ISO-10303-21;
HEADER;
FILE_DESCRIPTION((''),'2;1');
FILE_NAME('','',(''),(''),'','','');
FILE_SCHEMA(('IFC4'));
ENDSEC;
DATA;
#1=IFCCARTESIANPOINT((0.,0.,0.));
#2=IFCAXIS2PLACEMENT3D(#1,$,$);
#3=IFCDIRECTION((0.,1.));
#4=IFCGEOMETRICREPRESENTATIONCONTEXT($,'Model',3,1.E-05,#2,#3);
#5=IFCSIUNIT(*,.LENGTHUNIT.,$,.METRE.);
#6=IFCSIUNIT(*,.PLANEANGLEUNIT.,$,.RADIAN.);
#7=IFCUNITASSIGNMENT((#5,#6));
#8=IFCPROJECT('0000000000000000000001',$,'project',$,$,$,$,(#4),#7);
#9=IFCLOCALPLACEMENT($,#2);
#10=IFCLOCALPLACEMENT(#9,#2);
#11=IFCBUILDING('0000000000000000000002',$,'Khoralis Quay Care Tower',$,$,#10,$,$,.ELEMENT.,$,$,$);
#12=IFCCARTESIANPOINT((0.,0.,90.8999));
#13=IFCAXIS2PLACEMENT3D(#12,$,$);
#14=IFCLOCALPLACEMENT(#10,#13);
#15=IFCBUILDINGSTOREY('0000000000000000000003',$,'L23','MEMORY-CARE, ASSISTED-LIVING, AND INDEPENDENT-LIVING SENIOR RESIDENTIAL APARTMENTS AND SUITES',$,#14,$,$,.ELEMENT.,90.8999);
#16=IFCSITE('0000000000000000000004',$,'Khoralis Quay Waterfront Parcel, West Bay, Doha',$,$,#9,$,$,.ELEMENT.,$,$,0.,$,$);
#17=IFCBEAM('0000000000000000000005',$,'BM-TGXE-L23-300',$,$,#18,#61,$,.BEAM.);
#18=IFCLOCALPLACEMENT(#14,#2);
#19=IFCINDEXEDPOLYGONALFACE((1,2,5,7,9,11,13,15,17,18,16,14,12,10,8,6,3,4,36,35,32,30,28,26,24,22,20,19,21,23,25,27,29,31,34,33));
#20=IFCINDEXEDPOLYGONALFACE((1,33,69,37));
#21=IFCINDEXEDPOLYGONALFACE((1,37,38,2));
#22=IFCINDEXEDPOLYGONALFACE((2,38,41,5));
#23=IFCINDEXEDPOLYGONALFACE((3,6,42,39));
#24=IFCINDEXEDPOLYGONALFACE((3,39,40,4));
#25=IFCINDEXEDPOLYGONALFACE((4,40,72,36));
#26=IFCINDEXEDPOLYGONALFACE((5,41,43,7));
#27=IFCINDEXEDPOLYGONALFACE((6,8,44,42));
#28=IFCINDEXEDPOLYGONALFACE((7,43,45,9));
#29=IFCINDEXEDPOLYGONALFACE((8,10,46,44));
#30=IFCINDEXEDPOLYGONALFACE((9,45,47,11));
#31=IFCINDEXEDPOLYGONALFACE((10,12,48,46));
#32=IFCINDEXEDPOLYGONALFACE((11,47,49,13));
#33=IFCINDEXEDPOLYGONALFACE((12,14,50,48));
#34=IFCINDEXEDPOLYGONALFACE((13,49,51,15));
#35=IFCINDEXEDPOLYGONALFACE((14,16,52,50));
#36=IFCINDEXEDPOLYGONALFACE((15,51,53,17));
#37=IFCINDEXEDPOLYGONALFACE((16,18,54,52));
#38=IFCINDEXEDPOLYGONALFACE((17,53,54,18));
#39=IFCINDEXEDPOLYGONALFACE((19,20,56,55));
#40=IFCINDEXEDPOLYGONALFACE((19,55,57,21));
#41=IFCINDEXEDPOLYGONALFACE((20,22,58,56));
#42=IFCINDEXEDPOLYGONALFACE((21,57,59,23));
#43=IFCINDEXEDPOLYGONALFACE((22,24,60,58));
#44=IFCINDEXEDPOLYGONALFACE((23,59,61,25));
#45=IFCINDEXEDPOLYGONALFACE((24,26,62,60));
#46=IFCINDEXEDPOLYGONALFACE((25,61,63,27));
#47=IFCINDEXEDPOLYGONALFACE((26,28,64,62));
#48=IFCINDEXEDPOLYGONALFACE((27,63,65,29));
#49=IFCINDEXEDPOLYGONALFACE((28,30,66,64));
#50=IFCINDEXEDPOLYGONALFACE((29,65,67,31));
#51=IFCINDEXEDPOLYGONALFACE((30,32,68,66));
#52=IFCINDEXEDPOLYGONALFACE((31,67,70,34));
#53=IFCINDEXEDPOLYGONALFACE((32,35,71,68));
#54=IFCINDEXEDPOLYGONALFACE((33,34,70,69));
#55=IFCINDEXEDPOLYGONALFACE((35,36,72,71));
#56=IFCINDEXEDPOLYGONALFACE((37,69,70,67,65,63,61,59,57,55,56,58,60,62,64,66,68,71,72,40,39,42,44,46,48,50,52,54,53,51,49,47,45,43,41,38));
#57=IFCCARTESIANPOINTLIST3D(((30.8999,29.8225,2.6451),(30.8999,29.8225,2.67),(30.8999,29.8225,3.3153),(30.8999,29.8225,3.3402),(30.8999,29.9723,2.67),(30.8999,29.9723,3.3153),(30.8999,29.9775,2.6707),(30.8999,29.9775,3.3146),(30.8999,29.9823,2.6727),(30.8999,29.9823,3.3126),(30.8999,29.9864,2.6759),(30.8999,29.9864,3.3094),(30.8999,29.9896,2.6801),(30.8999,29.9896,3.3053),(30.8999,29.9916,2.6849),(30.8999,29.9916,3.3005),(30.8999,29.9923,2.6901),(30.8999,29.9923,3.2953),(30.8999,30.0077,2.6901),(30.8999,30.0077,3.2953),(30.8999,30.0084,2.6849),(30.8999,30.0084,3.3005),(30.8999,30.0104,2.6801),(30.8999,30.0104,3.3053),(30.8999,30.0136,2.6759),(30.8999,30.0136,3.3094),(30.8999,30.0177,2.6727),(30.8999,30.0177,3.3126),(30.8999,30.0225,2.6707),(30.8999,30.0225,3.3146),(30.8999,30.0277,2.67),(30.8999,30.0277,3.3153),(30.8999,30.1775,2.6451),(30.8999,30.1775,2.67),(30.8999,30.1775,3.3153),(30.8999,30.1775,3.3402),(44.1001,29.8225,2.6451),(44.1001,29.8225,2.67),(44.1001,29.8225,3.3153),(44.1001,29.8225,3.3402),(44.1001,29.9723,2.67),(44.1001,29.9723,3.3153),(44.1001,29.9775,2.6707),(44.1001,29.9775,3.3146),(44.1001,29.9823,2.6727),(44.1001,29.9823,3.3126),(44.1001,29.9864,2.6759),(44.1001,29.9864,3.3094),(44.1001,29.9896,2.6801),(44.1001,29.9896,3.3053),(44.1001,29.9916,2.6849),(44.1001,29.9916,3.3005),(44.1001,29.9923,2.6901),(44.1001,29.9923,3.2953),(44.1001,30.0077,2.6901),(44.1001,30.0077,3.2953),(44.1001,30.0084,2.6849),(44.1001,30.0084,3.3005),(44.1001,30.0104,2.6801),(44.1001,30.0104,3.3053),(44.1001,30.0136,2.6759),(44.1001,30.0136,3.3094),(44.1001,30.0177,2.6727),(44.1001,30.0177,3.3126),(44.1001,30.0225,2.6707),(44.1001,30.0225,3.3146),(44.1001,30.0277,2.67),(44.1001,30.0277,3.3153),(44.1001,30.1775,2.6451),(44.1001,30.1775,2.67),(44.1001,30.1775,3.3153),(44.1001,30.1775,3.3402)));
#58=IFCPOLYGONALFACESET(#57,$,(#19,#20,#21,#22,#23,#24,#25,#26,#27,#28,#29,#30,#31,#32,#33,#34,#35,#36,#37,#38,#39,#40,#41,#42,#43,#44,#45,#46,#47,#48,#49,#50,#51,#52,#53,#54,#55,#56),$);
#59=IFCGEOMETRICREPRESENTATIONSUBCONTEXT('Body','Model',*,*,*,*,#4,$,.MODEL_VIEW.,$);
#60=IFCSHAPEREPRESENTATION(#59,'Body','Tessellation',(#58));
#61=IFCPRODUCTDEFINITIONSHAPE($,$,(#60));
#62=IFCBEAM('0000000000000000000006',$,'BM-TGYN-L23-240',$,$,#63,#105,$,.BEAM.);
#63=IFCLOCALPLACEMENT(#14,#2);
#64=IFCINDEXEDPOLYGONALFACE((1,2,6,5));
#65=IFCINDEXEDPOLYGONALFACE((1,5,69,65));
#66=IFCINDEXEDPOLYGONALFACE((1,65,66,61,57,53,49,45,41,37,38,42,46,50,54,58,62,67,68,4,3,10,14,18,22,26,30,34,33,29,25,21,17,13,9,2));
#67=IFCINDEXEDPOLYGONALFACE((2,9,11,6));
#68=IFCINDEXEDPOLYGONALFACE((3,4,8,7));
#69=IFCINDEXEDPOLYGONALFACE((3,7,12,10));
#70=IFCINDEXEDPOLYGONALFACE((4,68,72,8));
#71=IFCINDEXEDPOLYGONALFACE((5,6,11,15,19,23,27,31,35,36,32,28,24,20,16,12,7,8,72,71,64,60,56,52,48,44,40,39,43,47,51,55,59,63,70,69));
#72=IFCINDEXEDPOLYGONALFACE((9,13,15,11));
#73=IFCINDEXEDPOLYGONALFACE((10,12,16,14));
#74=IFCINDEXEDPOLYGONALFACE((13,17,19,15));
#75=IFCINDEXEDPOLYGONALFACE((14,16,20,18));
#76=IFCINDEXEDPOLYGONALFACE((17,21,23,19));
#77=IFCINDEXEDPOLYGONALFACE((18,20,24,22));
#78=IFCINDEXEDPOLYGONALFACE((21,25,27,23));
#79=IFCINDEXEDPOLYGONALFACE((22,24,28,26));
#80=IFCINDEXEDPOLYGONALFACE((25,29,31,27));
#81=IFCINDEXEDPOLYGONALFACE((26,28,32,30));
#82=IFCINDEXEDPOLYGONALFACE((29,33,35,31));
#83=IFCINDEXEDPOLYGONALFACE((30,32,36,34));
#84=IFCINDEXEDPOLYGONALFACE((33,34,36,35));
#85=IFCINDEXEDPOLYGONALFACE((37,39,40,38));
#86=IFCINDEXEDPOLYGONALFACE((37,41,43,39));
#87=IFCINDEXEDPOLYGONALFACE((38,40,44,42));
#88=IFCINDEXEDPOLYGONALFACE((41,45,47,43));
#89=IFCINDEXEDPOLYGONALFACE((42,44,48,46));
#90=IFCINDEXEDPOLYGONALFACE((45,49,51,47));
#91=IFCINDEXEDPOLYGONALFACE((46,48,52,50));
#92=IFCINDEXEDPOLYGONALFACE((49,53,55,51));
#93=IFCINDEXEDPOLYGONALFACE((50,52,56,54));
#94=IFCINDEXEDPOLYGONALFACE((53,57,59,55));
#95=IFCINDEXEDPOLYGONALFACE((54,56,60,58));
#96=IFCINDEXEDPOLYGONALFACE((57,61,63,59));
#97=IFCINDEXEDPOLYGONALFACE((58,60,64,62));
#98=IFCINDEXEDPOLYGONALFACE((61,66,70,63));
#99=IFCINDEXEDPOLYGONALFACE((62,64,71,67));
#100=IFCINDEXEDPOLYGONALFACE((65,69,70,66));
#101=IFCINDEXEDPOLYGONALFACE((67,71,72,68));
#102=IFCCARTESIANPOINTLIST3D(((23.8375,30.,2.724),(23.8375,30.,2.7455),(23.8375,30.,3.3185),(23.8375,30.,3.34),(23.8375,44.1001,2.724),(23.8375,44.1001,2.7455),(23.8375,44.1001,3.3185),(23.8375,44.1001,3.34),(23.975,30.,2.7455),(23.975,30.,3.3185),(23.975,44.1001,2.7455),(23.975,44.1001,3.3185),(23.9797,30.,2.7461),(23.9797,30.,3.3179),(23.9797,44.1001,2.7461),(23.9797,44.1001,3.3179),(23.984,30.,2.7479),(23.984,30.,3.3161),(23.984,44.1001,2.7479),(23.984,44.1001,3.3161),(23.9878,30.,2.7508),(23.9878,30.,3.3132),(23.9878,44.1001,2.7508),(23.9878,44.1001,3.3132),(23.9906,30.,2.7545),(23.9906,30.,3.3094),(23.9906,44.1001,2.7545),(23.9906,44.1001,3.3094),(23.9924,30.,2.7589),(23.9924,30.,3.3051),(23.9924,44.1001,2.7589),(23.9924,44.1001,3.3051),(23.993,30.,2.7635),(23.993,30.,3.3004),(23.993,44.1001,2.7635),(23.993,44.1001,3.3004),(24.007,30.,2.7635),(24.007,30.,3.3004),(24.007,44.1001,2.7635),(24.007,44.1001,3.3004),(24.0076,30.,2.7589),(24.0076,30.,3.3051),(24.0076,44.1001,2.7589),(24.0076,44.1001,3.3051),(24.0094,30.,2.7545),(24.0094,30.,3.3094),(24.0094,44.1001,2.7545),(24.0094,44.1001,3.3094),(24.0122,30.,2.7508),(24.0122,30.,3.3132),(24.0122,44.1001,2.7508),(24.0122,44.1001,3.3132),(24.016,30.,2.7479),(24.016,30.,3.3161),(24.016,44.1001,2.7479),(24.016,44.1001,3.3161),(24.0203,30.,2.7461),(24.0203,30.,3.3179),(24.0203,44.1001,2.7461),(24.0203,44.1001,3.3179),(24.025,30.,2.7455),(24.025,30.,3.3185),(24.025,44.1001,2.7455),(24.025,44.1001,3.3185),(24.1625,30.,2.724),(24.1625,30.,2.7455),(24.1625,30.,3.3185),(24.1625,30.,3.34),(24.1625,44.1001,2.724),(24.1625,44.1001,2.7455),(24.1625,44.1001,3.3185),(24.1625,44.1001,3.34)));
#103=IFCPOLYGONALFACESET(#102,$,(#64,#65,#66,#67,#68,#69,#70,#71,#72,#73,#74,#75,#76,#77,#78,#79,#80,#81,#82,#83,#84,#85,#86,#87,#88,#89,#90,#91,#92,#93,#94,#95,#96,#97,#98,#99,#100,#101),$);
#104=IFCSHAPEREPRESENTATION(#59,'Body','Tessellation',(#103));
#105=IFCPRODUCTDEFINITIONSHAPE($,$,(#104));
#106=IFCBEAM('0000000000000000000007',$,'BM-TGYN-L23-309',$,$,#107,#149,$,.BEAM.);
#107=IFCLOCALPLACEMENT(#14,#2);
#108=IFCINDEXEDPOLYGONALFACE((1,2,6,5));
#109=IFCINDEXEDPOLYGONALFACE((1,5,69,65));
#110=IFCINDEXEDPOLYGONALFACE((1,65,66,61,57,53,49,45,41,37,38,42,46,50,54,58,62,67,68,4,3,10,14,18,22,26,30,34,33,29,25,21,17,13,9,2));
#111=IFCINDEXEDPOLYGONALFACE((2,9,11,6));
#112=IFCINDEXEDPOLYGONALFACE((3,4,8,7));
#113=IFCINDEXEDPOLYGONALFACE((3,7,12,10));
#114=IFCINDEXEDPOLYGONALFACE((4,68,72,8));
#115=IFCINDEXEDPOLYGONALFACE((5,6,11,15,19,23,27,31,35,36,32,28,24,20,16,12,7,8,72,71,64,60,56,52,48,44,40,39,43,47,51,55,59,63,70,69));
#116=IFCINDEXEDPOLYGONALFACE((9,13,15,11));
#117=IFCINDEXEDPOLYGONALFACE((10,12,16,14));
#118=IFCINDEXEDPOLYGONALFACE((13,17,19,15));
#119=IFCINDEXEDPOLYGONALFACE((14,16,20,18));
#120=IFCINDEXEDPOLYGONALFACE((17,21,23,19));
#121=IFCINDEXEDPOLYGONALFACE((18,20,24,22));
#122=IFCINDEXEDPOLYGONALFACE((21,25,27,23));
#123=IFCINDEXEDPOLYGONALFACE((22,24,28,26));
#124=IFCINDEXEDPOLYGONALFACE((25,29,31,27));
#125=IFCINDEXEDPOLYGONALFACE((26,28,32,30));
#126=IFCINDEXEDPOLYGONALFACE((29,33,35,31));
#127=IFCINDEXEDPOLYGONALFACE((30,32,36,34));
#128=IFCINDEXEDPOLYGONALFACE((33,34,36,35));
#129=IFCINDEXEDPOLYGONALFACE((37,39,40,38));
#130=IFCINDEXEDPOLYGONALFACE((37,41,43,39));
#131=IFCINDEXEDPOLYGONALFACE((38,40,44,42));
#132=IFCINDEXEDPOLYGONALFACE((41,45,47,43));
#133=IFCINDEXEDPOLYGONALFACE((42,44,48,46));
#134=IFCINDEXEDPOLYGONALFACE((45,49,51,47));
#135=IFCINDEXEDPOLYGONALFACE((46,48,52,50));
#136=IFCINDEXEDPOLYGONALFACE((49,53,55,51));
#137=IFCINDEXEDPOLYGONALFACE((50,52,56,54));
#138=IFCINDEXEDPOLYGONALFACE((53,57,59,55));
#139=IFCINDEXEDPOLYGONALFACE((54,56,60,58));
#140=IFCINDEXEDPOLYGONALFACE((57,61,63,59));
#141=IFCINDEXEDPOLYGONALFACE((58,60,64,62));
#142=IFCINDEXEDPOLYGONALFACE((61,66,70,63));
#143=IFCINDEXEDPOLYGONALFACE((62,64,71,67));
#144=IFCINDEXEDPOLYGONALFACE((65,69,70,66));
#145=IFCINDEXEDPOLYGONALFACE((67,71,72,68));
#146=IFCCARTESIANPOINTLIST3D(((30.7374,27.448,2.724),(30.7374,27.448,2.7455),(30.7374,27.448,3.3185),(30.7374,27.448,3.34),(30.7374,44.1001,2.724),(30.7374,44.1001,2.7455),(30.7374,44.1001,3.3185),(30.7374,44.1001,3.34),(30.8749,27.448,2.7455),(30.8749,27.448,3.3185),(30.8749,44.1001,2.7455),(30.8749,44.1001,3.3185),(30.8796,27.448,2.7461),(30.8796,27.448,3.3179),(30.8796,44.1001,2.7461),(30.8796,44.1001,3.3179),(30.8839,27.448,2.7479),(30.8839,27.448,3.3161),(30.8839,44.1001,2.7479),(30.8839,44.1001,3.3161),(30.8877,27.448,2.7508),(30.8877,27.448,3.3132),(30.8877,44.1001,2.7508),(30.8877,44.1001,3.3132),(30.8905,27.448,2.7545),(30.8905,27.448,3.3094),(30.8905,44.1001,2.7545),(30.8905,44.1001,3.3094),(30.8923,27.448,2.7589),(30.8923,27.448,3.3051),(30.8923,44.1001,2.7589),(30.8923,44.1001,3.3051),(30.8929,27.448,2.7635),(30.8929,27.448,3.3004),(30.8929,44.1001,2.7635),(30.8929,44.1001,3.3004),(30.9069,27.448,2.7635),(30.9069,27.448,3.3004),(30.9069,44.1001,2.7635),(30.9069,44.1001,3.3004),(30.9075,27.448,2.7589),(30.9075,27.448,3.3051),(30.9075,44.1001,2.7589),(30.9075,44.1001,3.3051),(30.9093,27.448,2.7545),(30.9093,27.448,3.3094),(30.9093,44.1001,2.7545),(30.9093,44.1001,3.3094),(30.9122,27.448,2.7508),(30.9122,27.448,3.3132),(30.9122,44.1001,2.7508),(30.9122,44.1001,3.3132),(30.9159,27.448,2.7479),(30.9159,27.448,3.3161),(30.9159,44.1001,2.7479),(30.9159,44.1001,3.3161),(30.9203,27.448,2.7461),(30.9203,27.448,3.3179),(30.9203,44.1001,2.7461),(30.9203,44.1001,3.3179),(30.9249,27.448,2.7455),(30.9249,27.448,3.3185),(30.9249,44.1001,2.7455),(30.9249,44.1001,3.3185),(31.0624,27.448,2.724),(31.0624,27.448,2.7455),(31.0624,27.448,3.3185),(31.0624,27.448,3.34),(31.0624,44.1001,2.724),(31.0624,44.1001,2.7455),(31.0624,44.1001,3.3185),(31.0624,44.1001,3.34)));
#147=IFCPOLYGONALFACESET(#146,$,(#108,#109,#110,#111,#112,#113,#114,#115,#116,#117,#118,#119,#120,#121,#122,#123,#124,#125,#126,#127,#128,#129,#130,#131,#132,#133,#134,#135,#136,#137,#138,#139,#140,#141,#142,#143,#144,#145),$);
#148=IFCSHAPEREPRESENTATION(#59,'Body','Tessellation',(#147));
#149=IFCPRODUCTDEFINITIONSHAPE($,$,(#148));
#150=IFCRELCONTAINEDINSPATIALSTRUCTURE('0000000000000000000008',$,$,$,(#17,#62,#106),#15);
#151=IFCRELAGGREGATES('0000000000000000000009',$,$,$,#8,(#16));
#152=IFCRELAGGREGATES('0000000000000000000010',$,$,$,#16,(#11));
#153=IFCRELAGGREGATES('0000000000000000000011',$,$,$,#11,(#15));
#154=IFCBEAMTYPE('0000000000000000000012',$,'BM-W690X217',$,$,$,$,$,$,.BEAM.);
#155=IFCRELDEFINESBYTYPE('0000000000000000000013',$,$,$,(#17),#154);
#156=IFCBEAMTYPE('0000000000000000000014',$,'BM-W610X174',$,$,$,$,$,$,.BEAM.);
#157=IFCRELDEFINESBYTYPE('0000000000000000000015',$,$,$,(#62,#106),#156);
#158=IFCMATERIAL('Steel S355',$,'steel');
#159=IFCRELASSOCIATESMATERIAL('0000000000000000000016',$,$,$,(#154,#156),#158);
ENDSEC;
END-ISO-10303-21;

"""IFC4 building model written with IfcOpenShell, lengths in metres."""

from ifc_helpers import new_model, si_unit, direction, frame, origin, origin_2d, place, context, subcontext, project, spatial, i_section, extrude, source, transform, mapped, material, material_profile, profile_set, type_object, element, save


model = new_model("IFC4")

# Units and contexts
model_context = context("Model", 3, precision=1e-05, world=origin(), true_north=direction((0.0, 1.0)))
body_context = subcontext(model_context, "Body", "Model", "MODEL_VIEW")
ifc_project = project(units=[si_unit("LENGTHUNIT", "METRE"), si_unit("PLANEANGLEUNIT", "RADIAN")], contexts=[model_context])

# Site, building, storey
site_placement = place(None, origin())
site = spatial("IfcSite", under=ifc_project, at=site_placement, Name="Khoralis Quay Waterfront Parcel, West Bay, Doha", CompositionType="ELEMENT", RefElevation=0.0)
building_placement = place(site_placement, origin())
building = spatial("IfcBuilding", under=site, at=building_placement, Name="Khoralis Quay Care Tower", CompositionType="ELEMENT")
storey_placement = place(building_placement, frame((0.0, 0.0, 90.8999)))
storey = spatial("IfcBuildingStorey", under=building, at=storey_placement, Name="L23", Description="MEMORY-CARE, ASSISTED-LIVING, AND INDEPENDENT-LIVING SENIOR RESIDENTIAL APARTMENTS AND SUITES", CompositionType="ELEMENT", Elevation=90.8999)

# Beams
ifc_material_1 = material(Name="Steel S355", Category="steel")
ifc_material_profile_1 = material_profile(ifc_material_1, i_section(OverallWidth=0.355, OverallDepth=0.6951, WebThickness=0.0154, FlangeThickness=0.0249, FilletRadius=0.02, at=origin_2d()), Name="Steel S355")
ifc_profile_set_1 = profile_set([ifc_material_profile_1], Name="Steel S355")
beam_type_1 = type_object("IfcBeamType", Name="BM-W690X217", PredefinedType="BEAM", material=ifc_profile_set_1)
shared_shape_1 = source(origin(), body_context, "Body", "SweptSolid", [
    extrude(i_section(OverallWidth=0.355, OverallDepth=0.6951, WebThickness=0.0154, FlangeThickness=0.0249, FilletRadius=0.02, at=origin_2d()), origin(), (0.0, 0.0, 1.0), 13.2002),
])
beam_1_placement = place(storey_placement, frame((30.8999, 30.0, 2.9927), z_axis=(1.0, 0.0, 0.0), x_axis=(0.0, 1.0, 0.0)))
element("IfcBeam", 1, at=beam_1_placement, inside=storey, type_object=beam_type_1, Name="BM-TGXE-L23-300", PredefinedType="BEAM", context=body_context, shape_type="MappedRepresentation", body=[
    mapped(shared_shape_1, transform((0.0, 0.0, 0.0), scale=1.0)),
])
ifc_material_profile_2 = material_profile(ifc_material_1, i_section(OverallWidth=0.325, OverallDepth=0.616, WebThickness=0.0139, FlangeThickness=0.0215, FilletRadius=0.0181, at=origin_2d()), Name="Steel S355")
ifc_profile_set_2 = profile_set([ifc_material_profile_2], Name="Steel S355")
beam_type_2 = type_object("IfcBeamType", Name="BM-W610X174", PredefinedType="BEAM", material=ifc_profile_set_2)
shared_shape_2 = source(origin(), body_context, "Body", "SweptSolid", [
    extrude(i_section(OverallWidth=0.325, OverallDepth=0.616, WebThickness=0.0139, FlangeThickness=0.0215, FilletRadius=0.0181, at=origin_2d()), origin(), (0.0, 0.0, 1.0), 14.1001),
])
beam_2_placement = place(storey_placement, frame((24.0, 30.0, 3.032), z_axis=(0.0, 1.0, 0.0), x_axis=(-1.0, 0.0, 0.0)))
element("IfcBeam", 2, at=beam_2_placement, inside=storey, type_object=beam_type_2, Name="BM-TGYN-L23-240", PredefinedType="BEAM", context=body_context, shape_type="MappedRepresentation", body=[
    mapped(shared_shape_2, transform((0.0, 0.0, 0.0), scale=1.0)),
])
shared_shape_3 = source(origin(), body_context, "Body", "SweptSolid", [
    extrude(i_section(OverallWidth=0.325, OverallDepth=0.616, WebThickness=0.0139, FlangeThickness=0.0215, FilletRadius=0.0181, at=origin_2d()), origin(), (0.0, 0.0, 1.0), 16.6521),
])
beam_3_placement = place(storey_placement, frame((30.8999, 27.448, 3.032), z_axis=(0.0, 1.0, 0.0), x_axis=(-1.0, 0.0, 0.0)))
element("IfcBeam", 3, at=beam_3_placement, inside=storey, type_object=beam_type_2, Name="BM-TGYN-L23-309", PredefinedType="BEAM", context=body_context, shape_type="MappedRepresentation", body=[
    mapped(shared_shape_3, transform((0.0, 0.0, 0.0), scale=1.0)),
])

save(model, "model.ifc")
